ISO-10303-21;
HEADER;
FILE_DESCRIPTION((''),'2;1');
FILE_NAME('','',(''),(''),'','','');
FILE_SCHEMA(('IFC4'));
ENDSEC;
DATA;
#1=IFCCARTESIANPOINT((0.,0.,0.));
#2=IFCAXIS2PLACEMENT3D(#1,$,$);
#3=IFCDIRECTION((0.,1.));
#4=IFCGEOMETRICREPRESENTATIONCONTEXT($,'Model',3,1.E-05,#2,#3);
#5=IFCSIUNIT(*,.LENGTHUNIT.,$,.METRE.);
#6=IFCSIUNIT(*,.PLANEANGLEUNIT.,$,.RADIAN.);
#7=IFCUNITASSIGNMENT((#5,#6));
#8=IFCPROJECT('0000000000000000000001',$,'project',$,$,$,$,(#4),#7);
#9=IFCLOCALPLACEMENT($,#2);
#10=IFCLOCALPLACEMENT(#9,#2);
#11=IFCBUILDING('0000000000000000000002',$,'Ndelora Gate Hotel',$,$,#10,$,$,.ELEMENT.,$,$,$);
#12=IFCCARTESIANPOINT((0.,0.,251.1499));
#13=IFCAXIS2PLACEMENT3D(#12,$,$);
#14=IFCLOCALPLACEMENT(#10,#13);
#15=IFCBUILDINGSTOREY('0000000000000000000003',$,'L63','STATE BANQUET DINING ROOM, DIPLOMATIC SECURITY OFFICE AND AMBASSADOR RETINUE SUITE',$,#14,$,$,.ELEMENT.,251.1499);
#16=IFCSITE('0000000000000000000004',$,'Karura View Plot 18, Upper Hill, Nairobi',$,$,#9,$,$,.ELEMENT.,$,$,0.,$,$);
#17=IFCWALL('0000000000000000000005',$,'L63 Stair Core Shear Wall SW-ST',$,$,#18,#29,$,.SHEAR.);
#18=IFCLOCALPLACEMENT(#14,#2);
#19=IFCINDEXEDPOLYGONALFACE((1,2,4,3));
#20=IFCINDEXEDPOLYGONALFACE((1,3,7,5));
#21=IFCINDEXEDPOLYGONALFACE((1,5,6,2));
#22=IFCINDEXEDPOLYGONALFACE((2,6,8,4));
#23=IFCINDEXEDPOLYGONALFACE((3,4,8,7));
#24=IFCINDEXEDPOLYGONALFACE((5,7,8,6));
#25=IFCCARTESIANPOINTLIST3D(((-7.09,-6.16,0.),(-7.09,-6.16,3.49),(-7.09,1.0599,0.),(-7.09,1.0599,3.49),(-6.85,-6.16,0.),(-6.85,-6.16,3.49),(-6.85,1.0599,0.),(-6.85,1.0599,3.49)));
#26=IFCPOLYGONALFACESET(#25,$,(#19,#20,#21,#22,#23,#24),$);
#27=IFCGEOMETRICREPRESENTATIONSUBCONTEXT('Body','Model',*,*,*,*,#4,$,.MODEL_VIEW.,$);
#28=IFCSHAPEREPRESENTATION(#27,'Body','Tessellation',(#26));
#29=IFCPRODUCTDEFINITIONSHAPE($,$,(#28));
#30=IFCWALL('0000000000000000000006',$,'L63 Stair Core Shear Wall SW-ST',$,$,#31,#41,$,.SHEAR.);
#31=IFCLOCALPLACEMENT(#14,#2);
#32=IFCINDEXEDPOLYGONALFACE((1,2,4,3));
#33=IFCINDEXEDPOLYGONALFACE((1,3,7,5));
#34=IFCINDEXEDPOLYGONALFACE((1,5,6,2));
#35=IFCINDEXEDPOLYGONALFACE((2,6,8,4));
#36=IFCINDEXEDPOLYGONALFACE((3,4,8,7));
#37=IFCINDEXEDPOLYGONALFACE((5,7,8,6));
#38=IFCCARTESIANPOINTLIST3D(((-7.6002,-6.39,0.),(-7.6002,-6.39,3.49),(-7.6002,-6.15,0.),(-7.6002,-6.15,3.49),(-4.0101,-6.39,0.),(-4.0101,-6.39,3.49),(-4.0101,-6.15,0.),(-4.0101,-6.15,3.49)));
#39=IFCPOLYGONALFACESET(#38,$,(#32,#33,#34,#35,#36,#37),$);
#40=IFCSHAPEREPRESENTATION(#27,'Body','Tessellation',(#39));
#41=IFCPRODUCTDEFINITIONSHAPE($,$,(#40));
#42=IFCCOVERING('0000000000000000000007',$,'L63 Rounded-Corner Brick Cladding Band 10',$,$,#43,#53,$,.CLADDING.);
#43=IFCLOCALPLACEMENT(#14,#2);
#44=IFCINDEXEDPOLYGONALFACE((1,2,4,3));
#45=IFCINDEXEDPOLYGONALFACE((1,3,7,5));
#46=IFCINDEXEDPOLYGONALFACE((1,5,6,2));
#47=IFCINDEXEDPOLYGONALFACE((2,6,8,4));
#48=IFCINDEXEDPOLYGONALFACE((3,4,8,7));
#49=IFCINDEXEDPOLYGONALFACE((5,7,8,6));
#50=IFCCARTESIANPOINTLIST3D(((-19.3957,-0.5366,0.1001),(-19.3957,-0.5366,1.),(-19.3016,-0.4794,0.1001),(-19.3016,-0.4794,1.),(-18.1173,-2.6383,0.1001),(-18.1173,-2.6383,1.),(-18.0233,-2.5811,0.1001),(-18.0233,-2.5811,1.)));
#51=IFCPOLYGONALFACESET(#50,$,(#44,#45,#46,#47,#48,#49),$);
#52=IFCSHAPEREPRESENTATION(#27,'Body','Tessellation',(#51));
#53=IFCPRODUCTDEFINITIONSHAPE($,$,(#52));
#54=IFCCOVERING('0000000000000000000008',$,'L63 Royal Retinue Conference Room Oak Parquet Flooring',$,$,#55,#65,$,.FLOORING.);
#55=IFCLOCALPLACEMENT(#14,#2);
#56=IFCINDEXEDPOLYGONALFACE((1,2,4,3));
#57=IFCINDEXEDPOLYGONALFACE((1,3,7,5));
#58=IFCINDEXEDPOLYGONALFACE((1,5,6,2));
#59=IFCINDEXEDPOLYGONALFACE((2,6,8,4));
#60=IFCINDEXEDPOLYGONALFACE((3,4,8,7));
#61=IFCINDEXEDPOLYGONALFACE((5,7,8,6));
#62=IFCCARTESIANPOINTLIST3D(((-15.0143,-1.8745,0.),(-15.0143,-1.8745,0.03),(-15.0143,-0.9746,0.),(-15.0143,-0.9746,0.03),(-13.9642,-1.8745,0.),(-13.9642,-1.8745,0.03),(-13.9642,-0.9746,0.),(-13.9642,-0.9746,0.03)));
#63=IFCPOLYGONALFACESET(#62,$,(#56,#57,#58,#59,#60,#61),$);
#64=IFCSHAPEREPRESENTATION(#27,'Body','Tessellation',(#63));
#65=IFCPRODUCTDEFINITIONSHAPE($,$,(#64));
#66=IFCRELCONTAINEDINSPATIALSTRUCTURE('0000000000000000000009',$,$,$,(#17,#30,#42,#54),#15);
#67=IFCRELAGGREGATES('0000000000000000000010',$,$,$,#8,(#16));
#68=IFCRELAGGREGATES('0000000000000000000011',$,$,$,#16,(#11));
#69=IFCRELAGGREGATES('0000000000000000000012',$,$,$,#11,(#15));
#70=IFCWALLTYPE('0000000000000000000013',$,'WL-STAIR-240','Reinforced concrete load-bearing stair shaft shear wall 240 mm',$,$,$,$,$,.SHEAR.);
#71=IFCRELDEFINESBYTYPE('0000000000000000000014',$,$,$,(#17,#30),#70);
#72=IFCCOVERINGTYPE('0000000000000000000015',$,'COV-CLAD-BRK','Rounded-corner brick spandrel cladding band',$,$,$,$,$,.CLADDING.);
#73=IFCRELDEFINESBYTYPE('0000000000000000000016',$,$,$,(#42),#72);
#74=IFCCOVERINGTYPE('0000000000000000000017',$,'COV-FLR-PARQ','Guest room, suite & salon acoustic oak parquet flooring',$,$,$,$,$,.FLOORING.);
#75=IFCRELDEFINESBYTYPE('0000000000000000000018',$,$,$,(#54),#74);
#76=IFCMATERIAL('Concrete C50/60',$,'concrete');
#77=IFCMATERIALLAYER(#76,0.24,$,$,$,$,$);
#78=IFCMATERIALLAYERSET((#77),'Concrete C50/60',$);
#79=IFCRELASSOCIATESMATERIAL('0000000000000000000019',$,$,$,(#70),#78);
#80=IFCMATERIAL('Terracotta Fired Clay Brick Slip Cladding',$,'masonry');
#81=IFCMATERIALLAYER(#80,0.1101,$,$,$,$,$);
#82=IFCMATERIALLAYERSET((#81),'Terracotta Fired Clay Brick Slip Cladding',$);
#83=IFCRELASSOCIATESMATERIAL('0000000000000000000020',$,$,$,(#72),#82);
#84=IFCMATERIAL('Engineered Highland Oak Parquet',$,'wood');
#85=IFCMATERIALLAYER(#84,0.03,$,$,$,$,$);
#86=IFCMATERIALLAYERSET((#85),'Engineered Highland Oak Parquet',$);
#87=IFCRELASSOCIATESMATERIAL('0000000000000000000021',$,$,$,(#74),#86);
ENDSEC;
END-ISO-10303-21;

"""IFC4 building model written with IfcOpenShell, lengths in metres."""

from ifc_helpers import new_model, si_unit, direction, frame, frame_2d, origin, origin_2d, place, context, subcontext, project, spatial, rectangle, extrude, material, layer, layer_set, type_object, element, save


model = new_model("IFC4")

# Units and contexts
model_context = context("Model", 3, precision=1e-05, world=origin(), true_north=direction((0.0, 1.0)))
body_context = subcontext(model_context, "Body", "Model", "MODEL_VIEW")
ifc_project = project(units=[si_unit("LENGTHUNIT", "METRE"), si_unit("PLANEANGLEUNIT", "RADIAN")], contexts=[model_context])

# Site, building, storey
site_placement = place(None, origin())
site = spatial("IfcSite", under=ifc_project, at=site_placement, Name="Karura View Plot 18, Upper Hill, Nairobi", CompositionType="ELEMENT", RefElevation=0.0)
building_placement = place(site_placement, origin())
building = spatial("IfcBuilding", under=site, at=building_placement, Name="Ndelora Gate Hotel", CompositionType="ELEMENT")
storey_placement = place(building_placement, frame((0.0, 0.0, 251.1499)))
storey = spatial("IfcBuildingStorey", under=building, at=storey_placement, Name="L63", Description="STATE BANQUET DINING ROOM, DIPLOMATIC SECURITY OFFICE AND AMBASSADOR RETINUE SUITE", CompositionType="ELEMENT", Elevation=251.1499)

# Shared definitions
ifc_material_1 = material(Name="Concrete C50/60", Category="concrete")

# Walls
ifc_layer_1 = layer(ifc_material_1, 0.24)
ifc_layer_set_1 = layer_set([ifc_layer_1], Name="Concrete C50/60")
wall_type_1 = type_object("IfcWallType", Name="WL-STAIR-240", Description="Reinforced concrete load-bearing stair shaft shear wall 240 mm", PredefinedType="SHEAR", material=ifc_layer_set_1)
wall_1_placement = place(storey_placement, frame((-6.97, -6.1599, 0.0), z_axis=(0.0, 0.0, 1.0), x_axis=(0.0, 1.0, 0.0)))
element("IfcWall", 1, at=wall_1_placement, inside=storey, type_object=wall_type_1, Name="L63 Stair Core Shear Wall SW-ST", PredefinedType="SHEAR", context=body_context, shape_type="SweptSolid", body=[
    extrude(rectangle(XDim=7.22, YDim=0.24, at=frame_2d((3.6099, 0.0))), origin(), (0.0, 0.0, 1.0), 3.49),
])
wall_2_placement = place(storey_placement, frame((-7.6001, -6.27, 0.0), z_axis=(0.0, 0.0, 1.0), x_axis=(1.0, 0.0, 0.0)))
element("IfcWall", 2, at=wall_2_placement, inside=storey, type_object=wall_type_1, Name="L63 Stair Core Shear Wall SW-ST", PredefinedType="SHEAR", context=body_context, shape_type="SweptSolid", body=[
    extrude(rectangle(XDim=3.5901, YDim=0.24, at=frame_2d((1.7949, 0.0))), origin(), (0.0, 0.0, 1.0), 3.49),
])

# Coverings
ifc_material_2 = material(Name="Terracotta Fired Clay Brick Slip Cladding", Category="masonry")
ifc_layer_2 = layer(ifc_material_2, 0.1101)
ifc_layer_set_2 = layer_set([ifc_layer_2], Name="Terracotta Fired Clay Brick Slip Cladding")
covering_type_1 = type_object("IfcCoveringType", Name="COV-CLAD-BRK", Description="Rounded-corner brick spandrel cladding band", PredefinedType="CLADDING", material=ifc_layer_set_2)
covering_1_placement = place(storey_placement, frame((-18.7095, -1.5588, 0.1001), z_axis=(0.0, 0.0, 1.0), x_axis=(-0.519668, 0.854368, 0.0)))
element("IfcCovering", 3, at=covering_1_placement, inside=storey, type_object=covering_type_1, Name="L63 Rounded-Corner Brick Cladding Band 10", PredefinedType="CLADDING", context=body_context, shape_type="SweptSolid", body=[
    extrude(rectangle(XDim=2.46, YDim=0.1101, at=origin_2d()), origin(), (0.0, 0.0, 1.0), 0.8999),
])
ifc_material_3 = material(Name="Engineered Highland Oak Parquet", Category="wood")
ifc_layer_3 = layer(ifc_material_3, 0.03)
ifc_layer_set_3 = layer_set([ifc_layer_3], Name="Engineered Highland Oak Parquet")
covering_type_2 = type_object("IfcCoveringType", Name="COV-FLR-PARQ", Description="Guest room, suite & salon acoustic oak parquet flooring", PredefinedType="FLOORING", material=ifc_layer_set_3)
covering_2_placement = place(storey_placement, frame((-14.4893, -1.4246, 0.0), z_axis=(0.0, 0.0, 1.0), x_axis=(1.0, 0.0, 0.0)))
element("IfcCovering", 4, at=covering_2_placement, inside=storey, type_object=covering_type_2, Name="L63 Royal Retinue Conference Room Oak Parquet Flooring", PredefinedType="FLOORING", context=body_context, shape_type="SweptSolid", body=[
    extrude(rectangle(XDim=1.05, YDim=0.8999, at=origin_2d()), origin(), (0.0, 0.0, 1.0), 0.03),
])

save(model, "model.ifc")
